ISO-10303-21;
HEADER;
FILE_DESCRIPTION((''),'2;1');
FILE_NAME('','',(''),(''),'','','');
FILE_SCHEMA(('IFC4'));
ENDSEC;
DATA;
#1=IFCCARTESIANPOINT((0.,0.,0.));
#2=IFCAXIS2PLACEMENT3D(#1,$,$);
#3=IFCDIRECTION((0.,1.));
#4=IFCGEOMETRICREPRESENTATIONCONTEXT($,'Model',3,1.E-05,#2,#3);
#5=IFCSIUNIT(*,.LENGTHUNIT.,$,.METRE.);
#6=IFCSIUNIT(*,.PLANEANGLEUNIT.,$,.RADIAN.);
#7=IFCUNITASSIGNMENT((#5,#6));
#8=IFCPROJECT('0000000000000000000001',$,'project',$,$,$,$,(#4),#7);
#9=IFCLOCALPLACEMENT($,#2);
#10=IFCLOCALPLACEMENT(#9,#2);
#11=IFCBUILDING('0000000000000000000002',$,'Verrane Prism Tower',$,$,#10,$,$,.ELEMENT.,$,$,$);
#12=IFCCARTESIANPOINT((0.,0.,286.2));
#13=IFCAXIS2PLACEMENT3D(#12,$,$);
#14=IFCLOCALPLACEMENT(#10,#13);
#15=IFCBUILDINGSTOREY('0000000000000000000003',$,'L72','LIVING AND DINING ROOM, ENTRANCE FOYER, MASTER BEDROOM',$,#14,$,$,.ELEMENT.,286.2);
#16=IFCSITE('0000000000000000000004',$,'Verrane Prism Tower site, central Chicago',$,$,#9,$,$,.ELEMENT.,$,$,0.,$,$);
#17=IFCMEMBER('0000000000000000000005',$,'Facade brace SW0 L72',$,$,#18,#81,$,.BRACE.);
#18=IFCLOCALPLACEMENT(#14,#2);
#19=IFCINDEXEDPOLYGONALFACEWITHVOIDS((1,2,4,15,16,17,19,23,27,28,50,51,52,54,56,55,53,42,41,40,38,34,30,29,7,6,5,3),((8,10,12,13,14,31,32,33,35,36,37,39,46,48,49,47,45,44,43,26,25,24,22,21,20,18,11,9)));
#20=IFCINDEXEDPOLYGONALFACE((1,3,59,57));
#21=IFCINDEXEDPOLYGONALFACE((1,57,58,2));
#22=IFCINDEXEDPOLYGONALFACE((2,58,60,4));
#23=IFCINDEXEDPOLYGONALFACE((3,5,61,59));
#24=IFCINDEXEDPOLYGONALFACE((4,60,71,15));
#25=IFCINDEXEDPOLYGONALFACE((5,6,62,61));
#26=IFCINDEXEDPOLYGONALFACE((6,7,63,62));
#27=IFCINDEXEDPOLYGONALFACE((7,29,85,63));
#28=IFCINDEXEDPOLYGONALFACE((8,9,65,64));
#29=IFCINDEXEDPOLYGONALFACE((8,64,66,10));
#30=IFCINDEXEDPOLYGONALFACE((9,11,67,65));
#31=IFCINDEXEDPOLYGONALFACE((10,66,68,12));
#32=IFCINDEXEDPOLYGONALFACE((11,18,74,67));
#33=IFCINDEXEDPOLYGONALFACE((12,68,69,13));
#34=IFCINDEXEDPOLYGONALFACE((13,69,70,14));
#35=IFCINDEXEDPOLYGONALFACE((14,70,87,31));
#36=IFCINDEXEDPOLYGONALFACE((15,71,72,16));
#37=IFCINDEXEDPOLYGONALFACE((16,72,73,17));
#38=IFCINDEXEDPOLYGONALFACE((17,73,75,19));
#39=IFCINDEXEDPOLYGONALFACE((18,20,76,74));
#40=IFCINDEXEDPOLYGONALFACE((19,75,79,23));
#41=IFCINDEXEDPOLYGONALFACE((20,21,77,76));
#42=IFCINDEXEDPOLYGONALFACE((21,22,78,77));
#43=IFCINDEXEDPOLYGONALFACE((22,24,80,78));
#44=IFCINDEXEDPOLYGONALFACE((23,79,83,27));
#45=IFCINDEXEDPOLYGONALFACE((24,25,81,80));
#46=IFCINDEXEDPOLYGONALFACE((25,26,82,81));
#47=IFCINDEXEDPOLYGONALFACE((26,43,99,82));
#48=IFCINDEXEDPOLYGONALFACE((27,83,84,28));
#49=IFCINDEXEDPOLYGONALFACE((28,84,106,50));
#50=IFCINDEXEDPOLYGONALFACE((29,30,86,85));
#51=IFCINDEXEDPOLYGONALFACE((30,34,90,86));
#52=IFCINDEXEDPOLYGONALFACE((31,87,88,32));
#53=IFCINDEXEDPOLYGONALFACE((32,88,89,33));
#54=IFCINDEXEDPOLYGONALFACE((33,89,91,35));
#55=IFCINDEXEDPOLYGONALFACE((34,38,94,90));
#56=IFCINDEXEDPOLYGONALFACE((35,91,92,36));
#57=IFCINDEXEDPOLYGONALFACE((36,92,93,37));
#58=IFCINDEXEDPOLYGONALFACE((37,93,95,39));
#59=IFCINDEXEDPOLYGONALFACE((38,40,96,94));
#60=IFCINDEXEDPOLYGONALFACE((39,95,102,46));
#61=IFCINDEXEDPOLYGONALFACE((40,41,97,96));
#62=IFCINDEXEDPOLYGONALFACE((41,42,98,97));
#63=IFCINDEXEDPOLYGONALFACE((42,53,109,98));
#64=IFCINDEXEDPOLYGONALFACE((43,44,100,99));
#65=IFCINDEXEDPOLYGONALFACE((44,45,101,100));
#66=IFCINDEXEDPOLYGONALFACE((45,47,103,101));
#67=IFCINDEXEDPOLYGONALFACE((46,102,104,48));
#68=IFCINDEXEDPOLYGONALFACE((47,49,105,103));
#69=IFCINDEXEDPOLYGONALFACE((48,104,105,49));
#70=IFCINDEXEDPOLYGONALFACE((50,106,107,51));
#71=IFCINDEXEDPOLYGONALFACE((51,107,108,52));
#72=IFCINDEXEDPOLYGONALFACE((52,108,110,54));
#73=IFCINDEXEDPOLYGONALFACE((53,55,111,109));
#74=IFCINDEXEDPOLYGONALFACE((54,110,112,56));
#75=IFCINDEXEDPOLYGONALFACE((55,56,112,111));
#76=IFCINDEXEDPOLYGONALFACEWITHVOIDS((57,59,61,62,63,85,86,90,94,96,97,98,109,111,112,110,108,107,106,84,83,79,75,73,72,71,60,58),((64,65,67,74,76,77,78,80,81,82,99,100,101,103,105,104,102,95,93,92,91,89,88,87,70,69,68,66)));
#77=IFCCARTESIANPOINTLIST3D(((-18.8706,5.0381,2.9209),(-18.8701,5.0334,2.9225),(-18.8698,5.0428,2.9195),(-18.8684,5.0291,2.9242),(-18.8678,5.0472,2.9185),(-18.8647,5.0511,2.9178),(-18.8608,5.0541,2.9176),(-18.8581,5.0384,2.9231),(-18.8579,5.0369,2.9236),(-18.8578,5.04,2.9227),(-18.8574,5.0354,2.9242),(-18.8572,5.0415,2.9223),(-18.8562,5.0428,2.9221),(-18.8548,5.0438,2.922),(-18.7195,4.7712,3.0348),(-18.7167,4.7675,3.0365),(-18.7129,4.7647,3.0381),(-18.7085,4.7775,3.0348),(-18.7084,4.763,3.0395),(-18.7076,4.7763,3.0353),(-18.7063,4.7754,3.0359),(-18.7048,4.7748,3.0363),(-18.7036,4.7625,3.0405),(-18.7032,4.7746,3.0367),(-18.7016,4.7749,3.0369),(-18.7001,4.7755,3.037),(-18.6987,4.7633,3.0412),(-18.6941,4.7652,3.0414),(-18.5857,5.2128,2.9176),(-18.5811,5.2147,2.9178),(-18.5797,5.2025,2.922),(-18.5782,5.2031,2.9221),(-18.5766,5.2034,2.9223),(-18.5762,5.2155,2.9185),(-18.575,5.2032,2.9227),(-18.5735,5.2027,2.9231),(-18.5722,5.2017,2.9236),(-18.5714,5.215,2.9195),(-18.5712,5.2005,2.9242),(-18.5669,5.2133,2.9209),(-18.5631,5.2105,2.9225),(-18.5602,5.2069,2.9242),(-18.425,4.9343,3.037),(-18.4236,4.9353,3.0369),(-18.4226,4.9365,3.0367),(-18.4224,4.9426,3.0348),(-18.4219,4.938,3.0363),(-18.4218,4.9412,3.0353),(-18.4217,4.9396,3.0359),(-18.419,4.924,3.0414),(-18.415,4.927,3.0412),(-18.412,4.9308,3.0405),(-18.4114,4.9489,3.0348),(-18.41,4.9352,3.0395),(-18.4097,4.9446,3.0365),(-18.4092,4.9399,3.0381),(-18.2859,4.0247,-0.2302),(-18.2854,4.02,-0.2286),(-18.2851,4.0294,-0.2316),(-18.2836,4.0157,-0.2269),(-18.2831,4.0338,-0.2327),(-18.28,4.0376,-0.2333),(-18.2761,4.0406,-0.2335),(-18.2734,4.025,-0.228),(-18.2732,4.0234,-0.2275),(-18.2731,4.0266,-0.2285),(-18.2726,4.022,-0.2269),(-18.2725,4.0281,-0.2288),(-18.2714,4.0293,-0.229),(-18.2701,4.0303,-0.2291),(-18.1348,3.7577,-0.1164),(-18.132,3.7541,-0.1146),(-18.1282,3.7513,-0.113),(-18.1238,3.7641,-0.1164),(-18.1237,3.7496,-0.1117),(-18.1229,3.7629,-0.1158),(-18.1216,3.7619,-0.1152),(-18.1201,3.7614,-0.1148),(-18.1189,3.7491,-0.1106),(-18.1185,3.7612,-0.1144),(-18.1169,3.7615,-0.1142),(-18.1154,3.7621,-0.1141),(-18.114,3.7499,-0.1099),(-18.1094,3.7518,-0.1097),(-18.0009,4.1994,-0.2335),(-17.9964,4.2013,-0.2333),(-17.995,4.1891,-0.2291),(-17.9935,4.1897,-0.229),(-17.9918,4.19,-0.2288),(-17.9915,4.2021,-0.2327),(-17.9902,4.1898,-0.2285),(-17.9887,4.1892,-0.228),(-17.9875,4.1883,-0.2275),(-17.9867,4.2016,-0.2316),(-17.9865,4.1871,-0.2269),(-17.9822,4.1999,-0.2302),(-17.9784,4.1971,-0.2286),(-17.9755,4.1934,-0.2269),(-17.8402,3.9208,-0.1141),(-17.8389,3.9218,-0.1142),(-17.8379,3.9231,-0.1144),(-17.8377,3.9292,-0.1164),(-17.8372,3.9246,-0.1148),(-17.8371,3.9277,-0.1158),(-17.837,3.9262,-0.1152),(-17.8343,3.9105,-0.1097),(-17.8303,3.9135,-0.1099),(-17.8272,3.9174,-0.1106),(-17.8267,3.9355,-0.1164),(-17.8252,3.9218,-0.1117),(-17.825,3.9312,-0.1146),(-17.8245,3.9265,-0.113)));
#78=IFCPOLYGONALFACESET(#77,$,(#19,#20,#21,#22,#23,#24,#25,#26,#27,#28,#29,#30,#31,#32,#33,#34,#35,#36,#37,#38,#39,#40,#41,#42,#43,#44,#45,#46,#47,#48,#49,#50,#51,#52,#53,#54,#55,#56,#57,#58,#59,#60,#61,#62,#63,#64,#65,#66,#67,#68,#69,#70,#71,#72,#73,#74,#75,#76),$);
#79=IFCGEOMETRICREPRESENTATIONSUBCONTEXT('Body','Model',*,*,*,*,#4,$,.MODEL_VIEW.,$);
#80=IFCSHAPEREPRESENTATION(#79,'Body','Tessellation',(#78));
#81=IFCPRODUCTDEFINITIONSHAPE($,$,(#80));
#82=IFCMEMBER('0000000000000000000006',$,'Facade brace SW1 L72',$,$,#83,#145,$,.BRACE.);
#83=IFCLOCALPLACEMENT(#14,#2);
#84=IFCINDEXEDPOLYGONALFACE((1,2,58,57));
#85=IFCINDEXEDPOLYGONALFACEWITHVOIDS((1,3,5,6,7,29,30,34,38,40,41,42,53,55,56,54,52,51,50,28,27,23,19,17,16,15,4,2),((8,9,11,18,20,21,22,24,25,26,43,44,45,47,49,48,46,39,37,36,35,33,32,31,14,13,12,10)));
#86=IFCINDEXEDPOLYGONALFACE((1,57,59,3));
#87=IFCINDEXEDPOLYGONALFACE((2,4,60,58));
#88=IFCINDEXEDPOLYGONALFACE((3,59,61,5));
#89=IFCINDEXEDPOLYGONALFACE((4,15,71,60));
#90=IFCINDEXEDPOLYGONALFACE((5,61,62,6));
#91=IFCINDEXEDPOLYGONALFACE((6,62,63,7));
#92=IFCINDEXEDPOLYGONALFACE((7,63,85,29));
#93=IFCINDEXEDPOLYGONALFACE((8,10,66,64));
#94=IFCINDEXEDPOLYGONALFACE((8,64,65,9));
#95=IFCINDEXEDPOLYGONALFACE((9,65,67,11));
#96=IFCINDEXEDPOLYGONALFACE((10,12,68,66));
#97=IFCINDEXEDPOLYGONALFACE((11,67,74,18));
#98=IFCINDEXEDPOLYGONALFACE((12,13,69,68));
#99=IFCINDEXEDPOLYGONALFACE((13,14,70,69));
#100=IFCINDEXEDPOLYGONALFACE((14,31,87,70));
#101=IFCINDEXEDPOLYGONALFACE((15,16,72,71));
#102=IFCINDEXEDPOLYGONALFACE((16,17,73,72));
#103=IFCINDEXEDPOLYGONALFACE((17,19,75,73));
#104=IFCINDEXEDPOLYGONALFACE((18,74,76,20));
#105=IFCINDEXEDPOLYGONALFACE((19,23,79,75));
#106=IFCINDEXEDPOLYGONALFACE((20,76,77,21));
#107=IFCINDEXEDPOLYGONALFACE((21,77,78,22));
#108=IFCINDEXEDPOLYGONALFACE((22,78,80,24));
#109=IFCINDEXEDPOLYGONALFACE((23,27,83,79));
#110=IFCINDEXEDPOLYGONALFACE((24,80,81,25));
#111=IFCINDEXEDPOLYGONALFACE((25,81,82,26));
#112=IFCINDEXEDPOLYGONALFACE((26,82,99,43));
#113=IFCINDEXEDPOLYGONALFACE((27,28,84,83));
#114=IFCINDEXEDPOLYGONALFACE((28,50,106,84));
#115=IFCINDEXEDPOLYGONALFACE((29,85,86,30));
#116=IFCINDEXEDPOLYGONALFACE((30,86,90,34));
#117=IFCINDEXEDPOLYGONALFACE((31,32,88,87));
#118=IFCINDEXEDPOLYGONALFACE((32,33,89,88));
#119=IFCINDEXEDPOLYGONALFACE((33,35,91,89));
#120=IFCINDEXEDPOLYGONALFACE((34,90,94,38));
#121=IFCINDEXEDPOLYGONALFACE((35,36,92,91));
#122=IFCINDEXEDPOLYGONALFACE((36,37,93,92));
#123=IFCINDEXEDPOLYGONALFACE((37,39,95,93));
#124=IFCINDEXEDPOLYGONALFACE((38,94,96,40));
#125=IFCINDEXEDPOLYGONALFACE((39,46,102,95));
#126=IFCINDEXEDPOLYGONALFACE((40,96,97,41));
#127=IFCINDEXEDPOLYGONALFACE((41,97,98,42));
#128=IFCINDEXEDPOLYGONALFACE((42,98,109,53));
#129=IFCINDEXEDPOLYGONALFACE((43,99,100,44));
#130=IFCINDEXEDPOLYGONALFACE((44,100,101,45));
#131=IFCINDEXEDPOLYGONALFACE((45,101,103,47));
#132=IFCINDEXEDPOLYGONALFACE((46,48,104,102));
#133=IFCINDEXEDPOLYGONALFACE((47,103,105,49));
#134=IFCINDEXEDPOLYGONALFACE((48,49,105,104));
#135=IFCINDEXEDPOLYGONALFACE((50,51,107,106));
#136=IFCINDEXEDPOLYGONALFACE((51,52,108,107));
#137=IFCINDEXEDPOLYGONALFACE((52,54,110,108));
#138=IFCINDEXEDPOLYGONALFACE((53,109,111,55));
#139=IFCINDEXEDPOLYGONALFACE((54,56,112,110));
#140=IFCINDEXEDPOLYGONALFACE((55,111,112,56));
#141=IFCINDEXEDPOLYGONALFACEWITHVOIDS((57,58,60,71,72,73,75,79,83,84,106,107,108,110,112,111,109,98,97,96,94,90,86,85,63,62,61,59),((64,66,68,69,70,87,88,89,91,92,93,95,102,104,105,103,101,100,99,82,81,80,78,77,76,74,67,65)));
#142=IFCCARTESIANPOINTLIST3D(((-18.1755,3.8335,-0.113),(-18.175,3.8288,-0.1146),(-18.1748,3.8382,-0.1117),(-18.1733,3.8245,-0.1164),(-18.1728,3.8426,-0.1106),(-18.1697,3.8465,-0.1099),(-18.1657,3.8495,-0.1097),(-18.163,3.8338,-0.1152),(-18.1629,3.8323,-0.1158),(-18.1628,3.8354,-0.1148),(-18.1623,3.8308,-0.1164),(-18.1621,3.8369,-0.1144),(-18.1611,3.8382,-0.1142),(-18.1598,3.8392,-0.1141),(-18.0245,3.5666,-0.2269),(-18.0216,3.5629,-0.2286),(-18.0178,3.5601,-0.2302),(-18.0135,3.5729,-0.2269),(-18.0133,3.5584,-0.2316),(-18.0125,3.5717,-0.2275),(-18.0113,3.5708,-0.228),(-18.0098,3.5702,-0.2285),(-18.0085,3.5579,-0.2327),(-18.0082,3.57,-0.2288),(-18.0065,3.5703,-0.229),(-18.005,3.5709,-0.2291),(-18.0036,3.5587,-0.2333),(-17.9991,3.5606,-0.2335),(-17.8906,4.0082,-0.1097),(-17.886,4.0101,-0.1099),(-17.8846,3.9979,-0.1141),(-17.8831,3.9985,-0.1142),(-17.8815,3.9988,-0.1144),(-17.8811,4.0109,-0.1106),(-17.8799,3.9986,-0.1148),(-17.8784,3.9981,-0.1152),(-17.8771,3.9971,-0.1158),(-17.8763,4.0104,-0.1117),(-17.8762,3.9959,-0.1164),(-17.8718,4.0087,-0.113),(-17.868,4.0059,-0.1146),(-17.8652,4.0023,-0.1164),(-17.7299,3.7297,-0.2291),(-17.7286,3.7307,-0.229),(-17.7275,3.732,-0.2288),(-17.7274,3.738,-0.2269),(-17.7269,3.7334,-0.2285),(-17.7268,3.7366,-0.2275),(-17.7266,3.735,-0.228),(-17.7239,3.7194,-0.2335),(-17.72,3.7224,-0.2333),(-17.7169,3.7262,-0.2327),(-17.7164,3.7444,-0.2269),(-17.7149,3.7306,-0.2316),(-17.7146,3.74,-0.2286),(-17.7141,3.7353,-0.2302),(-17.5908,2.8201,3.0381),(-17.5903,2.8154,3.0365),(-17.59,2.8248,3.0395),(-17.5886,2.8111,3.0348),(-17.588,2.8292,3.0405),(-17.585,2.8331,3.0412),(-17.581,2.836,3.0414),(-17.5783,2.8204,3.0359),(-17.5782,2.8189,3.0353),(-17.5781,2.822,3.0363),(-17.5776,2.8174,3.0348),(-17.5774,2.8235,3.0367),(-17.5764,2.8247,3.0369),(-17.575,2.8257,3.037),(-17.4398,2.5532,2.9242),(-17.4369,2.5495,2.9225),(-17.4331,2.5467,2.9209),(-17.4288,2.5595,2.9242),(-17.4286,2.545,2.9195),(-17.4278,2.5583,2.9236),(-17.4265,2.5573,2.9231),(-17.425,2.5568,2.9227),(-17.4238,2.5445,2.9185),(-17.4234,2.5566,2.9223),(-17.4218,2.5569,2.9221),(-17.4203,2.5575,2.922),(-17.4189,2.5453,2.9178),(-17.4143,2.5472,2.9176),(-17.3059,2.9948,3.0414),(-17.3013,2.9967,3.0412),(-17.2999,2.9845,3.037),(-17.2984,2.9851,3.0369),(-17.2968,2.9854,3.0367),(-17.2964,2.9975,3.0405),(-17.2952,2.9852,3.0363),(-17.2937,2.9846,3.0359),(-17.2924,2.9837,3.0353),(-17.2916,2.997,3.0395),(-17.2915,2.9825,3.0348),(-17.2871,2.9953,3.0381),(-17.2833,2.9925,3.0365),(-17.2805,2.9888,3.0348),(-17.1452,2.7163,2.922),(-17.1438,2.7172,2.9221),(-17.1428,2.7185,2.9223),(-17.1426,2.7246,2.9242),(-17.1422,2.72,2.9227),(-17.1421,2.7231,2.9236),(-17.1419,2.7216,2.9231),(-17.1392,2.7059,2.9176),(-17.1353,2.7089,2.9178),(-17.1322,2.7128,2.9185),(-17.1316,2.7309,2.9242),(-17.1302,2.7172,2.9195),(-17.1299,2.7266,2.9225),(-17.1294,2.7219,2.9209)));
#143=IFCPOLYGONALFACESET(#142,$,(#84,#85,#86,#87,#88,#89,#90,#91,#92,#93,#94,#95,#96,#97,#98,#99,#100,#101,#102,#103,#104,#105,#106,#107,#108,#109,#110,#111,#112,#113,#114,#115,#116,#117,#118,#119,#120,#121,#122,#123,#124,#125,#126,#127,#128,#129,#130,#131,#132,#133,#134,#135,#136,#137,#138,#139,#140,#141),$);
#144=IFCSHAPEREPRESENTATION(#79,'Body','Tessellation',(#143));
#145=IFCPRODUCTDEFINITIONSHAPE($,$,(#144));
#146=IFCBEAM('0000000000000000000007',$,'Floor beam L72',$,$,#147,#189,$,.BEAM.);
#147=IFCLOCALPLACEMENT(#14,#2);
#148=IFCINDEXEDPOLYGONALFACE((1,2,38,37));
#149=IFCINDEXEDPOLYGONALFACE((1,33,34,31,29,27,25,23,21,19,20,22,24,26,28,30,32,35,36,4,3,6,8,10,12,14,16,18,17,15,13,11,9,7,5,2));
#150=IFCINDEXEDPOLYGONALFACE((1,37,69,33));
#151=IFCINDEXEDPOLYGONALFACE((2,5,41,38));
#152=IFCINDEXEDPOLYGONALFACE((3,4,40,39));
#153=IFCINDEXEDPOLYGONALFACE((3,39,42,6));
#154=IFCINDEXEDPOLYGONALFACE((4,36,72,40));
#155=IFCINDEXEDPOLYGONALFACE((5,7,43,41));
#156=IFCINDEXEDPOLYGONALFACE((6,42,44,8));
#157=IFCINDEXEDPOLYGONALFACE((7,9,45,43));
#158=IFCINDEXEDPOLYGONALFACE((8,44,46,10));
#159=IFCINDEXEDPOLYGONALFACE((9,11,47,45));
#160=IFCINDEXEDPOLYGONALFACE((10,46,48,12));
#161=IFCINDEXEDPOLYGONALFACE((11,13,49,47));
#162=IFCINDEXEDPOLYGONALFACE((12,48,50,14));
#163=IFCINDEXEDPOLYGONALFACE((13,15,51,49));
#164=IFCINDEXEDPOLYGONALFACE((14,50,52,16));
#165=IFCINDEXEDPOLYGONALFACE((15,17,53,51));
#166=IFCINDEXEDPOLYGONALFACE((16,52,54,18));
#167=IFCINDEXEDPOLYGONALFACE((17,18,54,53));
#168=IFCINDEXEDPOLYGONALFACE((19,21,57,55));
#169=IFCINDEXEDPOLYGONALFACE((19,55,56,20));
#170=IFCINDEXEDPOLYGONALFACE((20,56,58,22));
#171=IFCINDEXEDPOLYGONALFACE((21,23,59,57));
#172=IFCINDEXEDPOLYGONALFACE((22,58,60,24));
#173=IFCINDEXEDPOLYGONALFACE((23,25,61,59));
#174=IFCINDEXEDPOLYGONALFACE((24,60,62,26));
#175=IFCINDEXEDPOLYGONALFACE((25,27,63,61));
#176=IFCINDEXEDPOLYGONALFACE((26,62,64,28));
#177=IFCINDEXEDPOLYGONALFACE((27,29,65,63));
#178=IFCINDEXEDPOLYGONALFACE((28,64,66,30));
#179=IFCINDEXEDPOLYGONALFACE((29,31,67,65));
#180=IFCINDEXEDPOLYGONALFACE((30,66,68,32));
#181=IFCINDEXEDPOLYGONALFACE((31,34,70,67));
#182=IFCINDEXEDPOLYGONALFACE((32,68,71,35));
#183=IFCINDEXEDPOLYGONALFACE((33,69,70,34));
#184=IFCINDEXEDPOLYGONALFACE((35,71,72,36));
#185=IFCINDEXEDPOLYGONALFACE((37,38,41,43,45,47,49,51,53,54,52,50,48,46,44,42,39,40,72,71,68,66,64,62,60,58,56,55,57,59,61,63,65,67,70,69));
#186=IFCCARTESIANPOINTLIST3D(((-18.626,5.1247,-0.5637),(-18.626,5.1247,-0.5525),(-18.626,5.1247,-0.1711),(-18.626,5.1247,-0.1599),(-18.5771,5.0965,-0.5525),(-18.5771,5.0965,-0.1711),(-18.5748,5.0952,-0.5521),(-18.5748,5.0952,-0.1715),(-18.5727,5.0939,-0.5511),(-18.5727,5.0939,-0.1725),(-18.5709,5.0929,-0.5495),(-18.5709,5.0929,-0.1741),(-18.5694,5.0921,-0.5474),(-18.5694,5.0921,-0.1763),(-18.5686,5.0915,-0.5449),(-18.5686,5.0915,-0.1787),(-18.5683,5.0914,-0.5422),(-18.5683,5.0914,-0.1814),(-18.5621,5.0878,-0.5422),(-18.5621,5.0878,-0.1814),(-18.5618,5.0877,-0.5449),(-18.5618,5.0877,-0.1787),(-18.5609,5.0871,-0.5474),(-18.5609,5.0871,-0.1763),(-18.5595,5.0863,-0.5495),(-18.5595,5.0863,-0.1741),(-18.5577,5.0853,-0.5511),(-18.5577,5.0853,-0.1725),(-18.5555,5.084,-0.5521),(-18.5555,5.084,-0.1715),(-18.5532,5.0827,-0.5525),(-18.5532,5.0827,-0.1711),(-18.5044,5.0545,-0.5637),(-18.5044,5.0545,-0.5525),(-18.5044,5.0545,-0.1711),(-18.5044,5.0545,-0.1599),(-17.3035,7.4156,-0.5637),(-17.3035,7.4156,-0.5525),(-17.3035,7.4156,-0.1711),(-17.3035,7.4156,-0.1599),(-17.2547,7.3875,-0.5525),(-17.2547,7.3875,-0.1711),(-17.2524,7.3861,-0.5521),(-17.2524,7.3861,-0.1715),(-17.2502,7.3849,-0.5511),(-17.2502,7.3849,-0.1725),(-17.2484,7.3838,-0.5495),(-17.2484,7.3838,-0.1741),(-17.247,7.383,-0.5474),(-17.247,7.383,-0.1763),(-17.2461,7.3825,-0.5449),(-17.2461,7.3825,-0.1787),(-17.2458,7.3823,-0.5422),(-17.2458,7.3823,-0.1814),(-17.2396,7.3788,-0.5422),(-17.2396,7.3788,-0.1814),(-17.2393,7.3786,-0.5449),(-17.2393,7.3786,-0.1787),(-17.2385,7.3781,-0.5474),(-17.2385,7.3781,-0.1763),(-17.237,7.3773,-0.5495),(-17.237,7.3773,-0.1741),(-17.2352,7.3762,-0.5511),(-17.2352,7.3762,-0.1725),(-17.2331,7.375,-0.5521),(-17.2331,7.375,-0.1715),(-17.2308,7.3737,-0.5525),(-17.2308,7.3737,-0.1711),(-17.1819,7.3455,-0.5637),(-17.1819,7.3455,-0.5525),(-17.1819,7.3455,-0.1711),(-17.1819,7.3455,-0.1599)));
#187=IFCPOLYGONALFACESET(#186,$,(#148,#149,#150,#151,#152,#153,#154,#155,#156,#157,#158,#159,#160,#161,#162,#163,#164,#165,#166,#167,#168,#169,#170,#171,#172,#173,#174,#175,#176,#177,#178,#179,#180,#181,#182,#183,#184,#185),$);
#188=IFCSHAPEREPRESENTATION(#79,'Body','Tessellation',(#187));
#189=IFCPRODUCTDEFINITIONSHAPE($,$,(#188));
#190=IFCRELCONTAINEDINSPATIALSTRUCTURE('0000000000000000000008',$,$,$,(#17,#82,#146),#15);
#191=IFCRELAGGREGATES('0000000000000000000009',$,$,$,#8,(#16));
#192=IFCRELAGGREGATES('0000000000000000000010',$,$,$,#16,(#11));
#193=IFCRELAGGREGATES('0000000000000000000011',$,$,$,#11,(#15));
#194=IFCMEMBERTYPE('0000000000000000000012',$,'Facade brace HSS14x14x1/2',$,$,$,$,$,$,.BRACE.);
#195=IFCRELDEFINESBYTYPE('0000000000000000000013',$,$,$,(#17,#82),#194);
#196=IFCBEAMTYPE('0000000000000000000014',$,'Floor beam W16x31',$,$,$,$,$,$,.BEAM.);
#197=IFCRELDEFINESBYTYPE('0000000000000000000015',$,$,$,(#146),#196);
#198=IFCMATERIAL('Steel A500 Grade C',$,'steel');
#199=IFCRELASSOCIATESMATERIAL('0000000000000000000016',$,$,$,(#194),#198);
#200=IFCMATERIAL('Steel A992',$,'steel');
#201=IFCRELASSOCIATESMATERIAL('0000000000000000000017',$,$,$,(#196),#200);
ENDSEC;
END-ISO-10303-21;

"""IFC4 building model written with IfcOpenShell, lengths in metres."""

from ifc_helpers import new_model, si_unit, direction, frame, origin, origin_2d, place, context, subcontext, project, spatial, hollow_rectangle, i_section, extrude, material, material_profile, profile_set, type_object, element, save


model = new_model("IFC4")

# Units and contexts
model_context = context("Model", 3, precision=1e-05, world=origin(), true_north=direction((0.0, 1.0)))
body_context = subcontext(model_context, "Body", "Model", "MODEL_VIEW")
ifc_project = project(units=[si_unit("LENGTHUNIT", "METRE"), si_unit("PLANEANGLEUNIT", "RADIAN")], contexts=[model_context])

# Site, building, storey
site_placement = place(None, origin())
site = spatial("IfcSite", under=ifc_project, at=site_placement, Name="Verrane Prism Tower site, central Chicago", CompositionType="ELEMENT", RefElevation=0.0)
building_placement = place(site_placement, origin())
building = spatial("IfcBuilding", under=site, at=building_placement, Name="Verrane Prism Tower", CompositionType="ELEMENT")
storey_placement = place(building_placement, frame((0.0, 0.0, 286.2)))
storey = spatial("IfcBuildingStorey", under=building, at=storey_placement, Name="L72", Description="LIVING AND DINING ROOM, ENTRANCE FOYER, MASTER BEDROOM", CompositionType="ELEMENT", Elevation=286.2)

# Members
ifc_material_1 = material(Name="Steel A500 Grade C", Category="steel")
ifc_material_profile_1 = material_profile(ifc_material_1, hollow_rectangle(XDim=0.3557, YDim=0.3557, WallThickness=0.0127, InnerFilletRadius=0.0063, OuterFilletRadius=0.019, at=origin_2d()), Name="HSS14x14x1/2")
ifc_profile_set_1 = profile_set([ifc_material_profile_1], Name="Steel A500 Grade C")
member_type_1 = type_object("IfcMemberType", Name="Facade brace HSS14x14x1/2", PredefinedType="BRACE", material=ifc_profile_set_1)
for number, where, z_axis, x_axis, name in (
    (1, (-18.0552, 3.9756, -0.1716), (-0.173954, 0.301497, 0.937465), (-0.866168, -0.499753, 0.0), "Facade brace SW0 L72"),
    (2, (-17.9448, 3.7844, -0.1716), (0.173954, -0.301497, 0.937465), (0.866168, 0.499753, 0.0), "Facade brace SW1 L72"),
):
    element("IfcMember", number, at=place(storey_placement, frame(where, z_axis=z_axis, x_axis=x_axis)), inside=storey, type_object=member_type_1, Name=name, PredefinedType="BRACE", context=body_context, shape_type="SweptSolid", body=[
        extrude(hollow_rectangle(XDim=0.3557, YDim=0.3557, WallThickness=0.0127, InnerFilletRadius=0.0063, OuterFilletRadius=0.019, at=origin_2d()), origin(), (0.0, 0.0, 1.0), 3.3613),
    ])

# Beam
ifc_material_2 = material(Name="Steel A992", Category="steel")
ifc_material_profile_2 = material_profile(ifc_material_2, i_section(OverallWidth=0.1404, OverallDepth=0.4038, WebThickness=0.0071, FlangeThickness=0.0112, FilletRadius=0.0103, at=origin_2d()), Name="W16x31")
ifc_profile_set_2 = profile_set([ifc_material_profile_2], Name="Steel A992")
beam_type_1 = type_object("IfcBeamType", Name="Floor beam W16x31", PredefinedType="BEAM", material=ifc_profile_set_2)
beam_1_placement = place(storey_placement, frame((-18.5652, 5.0896, -0.3618), z_axis=(0.499941, 0.86606, 0.0), x_axis=(-0.86606, 0.499941, 0.0)))
element("IfcBeam", 3, at=beam_1_placement, inside=storey, type_object=beam_type_1, Name="Floor beam L72", PredefinedType="BEAM", context=body_context, shape_type="SweptSolid", body=[
    extrude(i_section(OverallWidth=0.1404, OverallDepth=0.4038, WebThickness=0.0071, FlangeThickness=0.0112, FilletRadius=0.0103, at=origin_2d()), origin(), (0.0, 0.0, 1.0), 2.6453),
])

save(model, "model.ifc")
